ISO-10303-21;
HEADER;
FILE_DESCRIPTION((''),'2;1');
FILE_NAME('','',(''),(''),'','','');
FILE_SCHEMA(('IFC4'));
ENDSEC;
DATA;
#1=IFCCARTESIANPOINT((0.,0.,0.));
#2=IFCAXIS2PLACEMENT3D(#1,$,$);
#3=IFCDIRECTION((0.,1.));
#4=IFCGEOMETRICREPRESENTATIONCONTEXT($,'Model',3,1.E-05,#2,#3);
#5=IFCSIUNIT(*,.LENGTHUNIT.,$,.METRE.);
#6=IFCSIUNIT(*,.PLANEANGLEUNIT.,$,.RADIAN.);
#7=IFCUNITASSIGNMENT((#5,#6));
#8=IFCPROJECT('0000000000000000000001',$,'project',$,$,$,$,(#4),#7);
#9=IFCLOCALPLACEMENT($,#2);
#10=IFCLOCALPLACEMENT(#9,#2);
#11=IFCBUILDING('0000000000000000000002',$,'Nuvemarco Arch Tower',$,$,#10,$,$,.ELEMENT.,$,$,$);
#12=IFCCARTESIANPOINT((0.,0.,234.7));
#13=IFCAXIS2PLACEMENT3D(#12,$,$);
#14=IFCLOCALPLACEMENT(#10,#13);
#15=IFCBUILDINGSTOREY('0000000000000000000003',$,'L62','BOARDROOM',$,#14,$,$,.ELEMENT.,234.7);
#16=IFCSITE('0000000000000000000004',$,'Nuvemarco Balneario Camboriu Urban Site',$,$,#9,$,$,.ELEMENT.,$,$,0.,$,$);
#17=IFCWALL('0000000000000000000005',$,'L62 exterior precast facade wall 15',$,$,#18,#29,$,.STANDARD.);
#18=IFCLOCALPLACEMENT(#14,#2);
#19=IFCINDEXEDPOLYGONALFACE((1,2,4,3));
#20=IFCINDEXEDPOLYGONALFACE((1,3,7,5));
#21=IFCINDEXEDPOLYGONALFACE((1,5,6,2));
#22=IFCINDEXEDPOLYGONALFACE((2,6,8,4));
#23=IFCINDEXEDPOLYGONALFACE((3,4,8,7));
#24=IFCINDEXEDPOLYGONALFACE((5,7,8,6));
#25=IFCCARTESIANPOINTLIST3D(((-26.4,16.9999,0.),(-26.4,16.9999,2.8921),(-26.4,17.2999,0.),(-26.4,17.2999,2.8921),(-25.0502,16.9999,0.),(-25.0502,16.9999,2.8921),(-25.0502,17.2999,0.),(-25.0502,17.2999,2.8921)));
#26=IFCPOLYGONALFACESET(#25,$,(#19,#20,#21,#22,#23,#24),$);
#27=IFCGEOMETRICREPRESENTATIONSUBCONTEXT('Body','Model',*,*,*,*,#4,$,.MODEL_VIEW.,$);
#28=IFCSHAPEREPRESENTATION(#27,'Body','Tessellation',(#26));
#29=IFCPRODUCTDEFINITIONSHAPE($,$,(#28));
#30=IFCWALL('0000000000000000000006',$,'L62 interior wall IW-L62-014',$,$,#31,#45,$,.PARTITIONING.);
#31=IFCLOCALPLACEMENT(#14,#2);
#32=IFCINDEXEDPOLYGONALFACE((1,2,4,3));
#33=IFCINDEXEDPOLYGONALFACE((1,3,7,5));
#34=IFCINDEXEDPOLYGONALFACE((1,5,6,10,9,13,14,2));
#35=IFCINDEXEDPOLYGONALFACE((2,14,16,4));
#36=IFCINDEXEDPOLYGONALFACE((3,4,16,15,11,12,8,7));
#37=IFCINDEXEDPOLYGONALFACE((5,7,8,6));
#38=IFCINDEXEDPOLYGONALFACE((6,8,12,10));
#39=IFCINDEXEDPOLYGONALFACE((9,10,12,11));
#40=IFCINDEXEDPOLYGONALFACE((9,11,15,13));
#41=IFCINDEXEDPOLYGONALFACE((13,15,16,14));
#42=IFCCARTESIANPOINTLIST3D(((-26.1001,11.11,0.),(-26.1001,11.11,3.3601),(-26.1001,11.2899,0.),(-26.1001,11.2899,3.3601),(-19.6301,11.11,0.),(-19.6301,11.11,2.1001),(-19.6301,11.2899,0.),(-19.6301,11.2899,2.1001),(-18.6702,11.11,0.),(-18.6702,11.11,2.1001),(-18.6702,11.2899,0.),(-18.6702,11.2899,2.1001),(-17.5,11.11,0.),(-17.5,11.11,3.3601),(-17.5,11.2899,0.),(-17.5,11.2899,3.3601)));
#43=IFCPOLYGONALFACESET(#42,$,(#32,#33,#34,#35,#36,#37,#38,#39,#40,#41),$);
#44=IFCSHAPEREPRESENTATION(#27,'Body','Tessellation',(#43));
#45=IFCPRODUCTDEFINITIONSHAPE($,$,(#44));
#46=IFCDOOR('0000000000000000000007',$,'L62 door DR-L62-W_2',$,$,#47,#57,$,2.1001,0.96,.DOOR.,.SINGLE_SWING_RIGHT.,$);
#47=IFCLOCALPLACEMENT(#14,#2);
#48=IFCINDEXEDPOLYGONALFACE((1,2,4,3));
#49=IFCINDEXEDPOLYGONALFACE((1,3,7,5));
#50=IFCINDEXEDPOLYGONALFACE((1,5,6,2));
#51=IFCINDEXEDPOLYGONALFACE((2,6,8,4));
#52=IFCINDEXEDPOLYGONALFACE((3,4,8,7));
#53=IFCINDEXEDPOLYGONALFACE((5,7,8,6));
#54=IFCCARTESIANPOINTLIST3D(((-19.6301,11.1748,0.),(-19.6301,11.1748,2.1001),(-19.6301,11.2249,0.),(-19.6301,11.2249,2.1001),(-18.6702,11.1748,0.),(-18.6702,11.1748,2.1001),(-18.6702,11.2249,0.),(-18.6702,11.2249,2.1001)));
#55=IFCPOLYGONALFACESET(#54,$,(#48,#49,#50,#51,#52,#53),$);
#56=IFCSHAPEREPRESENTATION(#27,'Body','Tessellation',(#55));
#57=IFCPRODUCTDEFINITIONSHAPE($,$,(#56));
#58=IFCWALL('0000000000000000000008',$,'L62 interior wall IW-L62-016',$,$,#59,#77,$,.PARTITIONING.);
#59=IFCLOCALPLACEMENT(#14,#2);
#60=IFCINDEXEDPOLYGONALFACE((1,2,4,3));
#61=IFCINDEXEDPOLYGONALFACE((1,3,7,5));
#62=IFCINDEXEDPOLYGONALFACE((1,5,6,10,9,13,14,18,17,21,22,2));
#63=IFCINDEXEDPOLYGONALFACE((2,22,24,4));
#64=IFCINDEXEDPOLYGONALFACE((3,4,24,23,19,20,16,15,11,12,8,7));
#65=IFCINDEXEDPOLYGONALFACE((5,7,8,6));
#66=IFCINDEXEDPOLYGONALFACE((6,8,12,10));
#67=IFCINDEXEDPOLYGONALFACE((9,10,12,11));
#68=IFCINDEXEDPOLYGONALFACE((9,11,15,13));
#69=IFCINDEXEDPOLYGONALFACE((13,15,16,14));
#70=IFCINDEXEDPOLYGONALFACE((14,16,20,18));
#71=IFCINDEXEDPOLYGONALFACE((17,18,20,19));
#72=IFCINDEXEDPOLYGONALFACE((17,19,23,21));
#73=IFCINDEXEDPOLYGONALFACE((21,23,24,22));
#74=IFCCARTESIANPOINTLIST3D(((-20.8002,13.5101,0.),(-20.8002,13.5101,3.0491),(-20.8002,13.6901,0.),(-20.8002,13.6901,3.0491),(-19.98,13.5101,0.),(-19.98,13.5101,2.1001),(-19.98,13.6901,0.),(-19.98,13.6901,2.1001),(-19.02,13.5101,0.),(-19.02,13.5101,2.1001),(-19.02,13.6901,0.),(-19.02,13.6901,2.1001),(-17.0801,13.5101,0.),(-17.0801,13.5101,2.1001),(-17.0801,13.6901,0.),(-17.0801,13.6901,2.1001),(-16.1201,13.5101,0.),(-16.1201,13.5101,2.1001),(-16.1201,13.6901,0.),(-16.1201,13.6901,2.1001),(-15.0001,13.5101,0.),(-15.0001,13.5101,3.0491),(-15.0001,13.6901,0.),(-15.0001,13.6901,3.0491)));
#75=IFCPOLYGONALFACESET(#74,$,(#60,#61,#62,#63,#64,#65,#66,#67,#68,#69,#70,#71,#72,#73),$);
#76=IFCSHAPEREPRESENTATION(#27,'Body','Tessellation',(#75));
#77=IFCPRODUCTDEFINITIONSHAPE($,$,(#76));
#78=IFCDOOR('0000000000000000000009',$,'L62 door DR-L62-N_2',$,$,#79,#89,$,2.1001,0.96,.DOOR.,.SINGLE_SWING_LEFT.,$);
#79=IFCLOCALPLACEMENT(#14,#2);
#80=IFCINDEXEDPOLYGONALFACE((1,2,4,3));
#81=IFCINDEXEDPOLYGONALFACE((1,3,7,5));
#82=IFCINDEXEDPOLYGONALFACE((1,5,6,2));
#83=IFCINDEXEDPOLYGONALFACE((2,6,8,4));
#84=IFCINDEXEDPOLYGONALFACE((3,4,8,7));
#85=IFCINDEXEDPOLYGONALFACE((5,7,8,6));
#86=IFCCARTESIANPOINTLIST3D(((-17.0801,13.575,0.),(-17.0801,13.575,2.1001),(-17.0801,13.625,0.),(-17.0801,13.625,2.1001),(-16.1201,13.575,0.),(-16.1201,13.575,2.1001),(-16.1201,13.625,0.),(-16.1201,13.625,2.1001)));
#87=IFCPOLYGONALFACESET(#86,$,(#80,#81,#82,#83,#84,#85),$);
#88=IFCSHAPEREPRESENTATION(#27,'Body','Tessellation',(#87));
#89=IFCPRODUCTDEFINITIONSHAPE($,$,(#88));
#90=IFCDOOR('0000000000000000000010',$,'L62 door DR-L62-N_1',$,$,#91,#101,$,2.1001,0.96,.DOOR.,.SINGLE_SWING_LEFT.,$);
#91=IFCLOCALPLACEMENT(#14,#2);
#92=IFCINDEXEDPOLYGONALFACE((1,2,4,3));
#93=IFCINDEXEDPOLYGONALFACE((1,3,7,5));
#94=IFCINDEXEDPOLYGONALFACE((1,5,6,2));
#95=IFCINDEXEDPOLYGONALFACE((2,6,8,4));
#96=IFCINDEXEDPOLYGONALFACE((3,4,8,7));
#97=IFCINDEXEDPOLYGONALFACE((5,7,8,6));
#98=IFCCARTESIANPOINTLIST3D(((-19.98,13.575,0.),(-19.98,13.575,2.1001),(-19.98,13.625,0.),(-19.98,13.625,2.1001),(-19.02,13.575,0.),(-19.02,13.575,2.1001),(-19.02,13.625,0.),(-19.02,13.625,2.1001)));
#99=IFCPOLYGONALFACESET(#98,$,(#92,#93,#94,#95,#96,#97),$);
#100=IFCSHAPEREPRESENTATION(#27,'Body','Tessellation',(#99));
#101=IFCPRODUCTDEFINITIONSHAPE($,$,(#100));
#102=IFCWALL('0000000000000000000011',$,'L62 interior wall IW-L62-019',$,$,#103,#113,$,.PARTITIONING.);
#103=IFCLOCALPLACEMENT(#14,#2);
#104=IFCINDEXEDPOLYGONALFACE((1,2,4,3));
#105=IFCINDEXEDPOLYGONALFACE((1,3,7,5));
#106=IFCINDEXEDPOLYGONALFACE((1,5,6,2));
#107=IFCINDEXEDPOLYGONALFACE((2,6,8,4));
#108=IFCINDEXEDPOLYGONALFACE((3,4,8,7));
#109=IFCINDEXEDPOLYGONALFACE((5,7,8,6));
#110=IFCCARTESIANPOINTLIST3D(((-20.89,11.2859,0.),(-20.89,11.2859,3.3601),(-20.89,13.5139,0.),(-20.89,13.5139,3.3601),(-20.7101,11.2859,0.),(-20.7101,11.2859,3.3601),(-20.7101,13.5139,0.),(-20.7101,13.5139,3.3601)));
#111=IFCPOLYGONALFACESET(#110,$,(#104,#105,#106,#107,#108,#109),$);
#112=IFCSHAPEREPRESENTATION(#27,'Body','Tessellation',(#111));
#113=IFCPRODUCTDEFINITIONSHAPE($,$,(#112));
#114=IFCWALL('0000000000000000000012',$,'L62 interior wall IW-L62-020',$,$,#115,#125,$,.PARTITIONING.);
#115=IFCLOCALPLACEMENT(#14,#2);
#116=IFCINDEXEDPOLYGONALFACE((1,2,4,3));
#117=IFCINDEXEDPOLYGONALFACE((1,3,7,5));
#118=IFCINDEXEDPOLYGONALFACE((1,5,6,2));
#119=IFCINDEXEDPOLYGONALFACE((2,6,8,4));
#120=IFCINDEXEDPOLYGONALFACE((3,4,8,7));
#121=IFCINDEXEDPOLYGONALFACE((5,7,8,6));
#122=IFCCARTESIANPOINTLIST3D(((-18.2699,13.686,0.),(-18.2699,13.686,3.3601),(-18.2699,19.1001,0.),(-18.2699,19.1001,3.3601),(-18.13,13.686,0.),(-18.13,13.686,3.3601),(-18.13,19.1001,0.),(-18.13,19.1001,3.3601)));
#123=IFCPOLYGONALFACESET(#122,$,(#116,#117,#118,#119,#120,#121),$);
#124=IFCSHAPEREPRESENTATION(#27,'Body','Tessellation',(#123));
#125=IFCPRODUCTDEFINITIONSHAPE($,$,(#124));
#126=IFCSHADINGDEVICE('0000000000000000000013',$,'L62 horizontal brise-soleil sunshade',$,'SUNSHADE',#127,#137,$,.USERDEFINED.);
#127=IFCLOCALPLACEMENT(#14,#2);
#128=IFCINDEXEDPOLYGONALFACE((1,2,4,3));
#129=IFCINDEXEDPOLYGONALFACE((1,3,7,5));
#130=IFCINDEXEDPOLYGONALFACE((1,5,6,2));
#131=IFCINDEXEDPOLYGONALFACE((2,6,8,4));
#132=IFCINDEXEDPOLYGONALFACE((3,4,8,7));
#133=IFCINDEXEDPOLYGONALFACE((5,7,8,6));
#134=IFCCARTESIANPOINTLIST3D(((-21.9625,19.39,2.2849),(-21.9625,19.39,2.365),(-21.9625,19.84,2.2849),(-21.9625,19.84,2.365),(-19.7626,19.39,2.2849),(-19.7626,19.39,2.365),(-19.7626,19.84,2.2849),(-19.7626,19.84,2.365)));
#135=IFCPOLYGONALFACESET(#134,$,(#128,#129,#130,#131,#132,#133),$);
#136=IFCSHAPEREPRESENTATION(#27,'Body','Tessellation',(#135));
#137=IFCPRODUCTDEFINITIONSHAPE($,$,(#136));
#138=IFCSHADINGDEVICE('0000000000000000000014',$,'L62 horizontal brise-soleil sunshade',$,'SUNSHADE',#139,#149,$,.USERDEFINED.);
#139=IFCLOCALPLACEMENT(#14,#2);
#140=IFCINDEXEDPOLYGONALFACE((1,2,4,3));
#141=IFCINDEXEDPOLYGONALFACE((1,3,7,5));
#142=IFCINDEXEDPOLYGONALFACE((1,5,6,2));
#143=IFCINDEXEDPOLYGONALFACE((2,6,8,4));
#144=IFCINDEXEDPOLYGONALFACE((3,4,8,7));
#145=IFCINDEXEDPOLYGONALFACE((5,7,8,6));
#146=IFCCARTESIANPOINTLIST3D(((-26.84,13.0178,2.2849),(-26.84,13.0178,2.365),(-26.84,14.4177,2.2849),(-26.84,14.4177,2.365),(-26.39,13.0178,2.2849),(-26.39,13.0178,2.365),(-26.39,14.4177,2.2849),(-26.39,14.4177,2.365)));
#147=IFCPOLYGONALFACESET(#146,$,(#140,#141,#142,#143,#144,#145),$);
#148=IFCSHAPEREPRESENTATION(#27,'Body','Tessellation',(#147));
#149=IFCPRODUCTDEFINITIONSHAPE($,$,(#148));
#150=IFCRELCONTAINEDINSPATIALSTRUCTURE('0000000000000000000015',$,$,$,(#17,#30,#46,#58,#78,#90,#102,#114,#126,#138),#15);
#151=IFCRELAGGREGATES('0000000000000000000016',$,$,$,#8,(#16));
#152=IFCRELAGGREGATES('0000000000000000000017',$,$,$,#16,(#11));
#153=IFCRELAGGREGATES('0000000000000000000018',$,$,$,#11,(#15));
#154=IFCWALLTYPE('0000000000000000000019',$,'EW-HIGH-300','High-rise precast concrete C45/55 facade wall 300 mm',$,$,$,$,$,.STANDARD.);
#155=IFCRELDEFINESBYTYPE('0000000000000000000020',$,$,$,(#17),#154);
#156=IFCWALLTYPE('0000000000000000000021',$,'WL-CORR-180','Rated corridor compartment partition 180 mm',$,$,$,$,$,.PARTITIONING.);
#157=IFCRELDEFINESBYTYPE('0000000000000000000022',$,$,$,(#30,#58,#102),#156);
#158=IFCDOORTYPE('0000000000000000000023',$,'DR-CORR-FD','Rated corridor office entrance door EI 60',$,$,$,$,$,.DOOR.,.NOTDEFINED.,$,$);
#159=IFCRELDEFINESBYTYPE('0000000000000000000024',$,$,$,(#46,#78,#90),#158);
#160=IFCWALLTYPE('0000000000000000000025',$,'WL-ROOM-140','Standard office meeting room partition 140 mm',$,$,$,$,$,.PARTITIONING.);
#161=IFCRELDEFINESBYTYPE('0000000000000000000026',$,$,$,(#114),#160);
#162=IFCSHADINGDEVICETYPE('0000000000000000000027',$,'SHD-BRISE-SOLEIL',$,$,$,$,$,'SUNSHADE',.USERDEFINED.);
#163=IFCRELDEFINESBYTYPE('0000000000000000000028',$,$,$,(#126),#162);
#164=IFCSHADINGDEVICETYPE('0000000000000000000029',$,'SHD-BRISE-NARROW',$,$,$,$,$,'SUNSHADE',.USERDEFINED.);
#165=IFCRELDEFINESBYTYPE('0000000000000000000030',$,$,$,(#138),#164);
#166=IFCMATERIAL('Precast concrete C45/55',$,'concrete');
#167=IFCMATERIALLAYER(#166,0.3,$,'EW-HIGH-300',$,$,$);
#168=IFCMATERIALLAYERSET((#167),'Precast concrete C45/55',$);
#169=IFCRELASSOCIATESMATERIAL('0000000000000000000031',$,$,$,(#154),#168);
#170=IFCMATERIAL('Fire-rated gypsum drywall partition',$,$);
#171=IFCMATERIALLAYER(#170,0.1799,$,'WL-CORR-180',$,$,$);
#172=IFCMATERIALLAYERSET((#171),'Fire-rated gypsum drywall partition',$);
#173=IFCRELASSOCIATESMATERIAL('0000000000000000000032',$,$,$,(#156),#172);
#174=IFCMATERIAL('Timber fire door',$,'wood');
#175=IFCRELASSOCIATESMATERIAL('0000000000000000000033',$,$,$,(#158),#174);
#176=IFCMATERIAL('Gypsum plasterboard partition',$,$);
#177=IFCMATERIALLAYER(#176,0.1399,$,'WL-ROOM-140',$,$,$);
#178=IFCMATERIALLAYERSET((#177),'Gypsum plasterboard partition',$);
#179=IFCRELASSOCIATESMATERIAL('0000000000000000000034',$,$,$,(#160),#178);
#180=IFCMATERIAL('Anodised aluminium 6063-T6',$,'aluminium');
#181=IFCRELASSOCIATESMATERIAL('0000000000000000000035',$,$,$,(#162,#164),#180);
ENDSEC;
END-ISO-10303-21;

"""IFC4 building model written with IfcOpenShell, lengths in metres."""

from ifc_helpers import new_model, si_unit, direction, frame, frame_2d, origin, origin_2d, place, context, subcontext, project, spatial, rectangle, extrude, source, transform, mapped, material, layer, layer_set, type_object, type_shapes, element, fill, save


model = new_model("IFC4")

# Units and contexts
model_context = context("Model", 3, precision=1e-05, world=origin(), true_north=direction((0.0, 1.0)))
body_context = subcontext(model_context, "Body", "Model", "MODEL_VIEW")
ifc_project = project(units=[si_unit("LENGTHUNIT", "METRE"), si_unit("PLANEANGLEUNIT", "RADIAN")], contexts=[model_context])

# Site, building, storey
site_placement = place(None, origin())
site = spatial("IfcSite", under=ifc_project, at=site_placement, Name="Nuvemarco Balneario Camboriu Urban Site", CompositionType="ELEMENT", RefElevation=0.0)
building_placement = place(site_placement, origin())
building = spatial("IfcBuilding", under=site, at=building_placement, Name="Nuvemarco Arch Tower", CompositionType="ELEMENT")
storey_placement = place(building_placement, frame((0.0, 0.0, 234.7)))
storey = spatial("IfcBuildingStorey", under=building, at=storey_placement, Name="L62", Description="BOARDROOM", CompositionType="ELEMENT", Elevation=234.7)

# Shared definitions
ifc_material_1 = material(Name="Precast concrete C45/55", Category="concrete")
ifc_layer_1 = layer(ifc_material_1, 0.3, Name="EW-HIGH-300")
ifc_layer_set_1 = layer_set([ifc_layer_1], Name="Precast concrete C45/55")
wall_type_1 = type_object("IfcWallType", Name="EW-HIGH-300", Description="High-rise precast concrete C45/55 facade wall 300 mm", PredefinedType="STANDARD", material=ifc_layer_set_1)

# Wall
wall_1_placement = place(storey_placement, frame((-26.3999, 17.1499, 0.0), z_axis=(0.0, 0.0, 1.0), x_axis=(1.0, 0.0, 0.0)))
element("IfcWall", 1, at=wall_1_placement, inside=storey, type_object=wall_type_1, Name="L62 exterior precast facade wall 15", PredefinedType="STANDARD", context=body_context, shape_type="SweptSolid", body=[
    extrude(rectangle(XDim=1.3499, YDim=0.3, at=frame_2d((0.6748, 0.0))), origin(), (0.0, 0.0, 1.0), 2.8921),
])

# Wall, opening, door
ifc_material_2 = material(Name="Fire-rated gypsum drywall partition")
ifc_layer_2 = layer(ifc_material_2, 0.1799, Name="WL-CORR-180")
ifc_layer_set_2 = layer_set([ifc_layer_2], Name="Fire-rated gypsum drywall partition")
wall_type_2 = type_object("IfcWallType", Name="WL-CORR-180", Description="Rated corridor compartment partition 180 mm", PredefinedType="PARTITIONING", material=ifc_layer_set_2)
wall_2_placement = place(storey_placement, frame((-26.1001, 11.2, 0.0), z_axis=(0.0, 0.0, 1.0), x_axis=(1.0, 0.0, 0.0)))
wall_2 = element("IfcWall", 2, at=wall_2_placement, inside=storey, type_object=wall_type_2, Name="L62 interior wall IW-L62-014", PredefinedType="PARTITIONING", context=body_context, shape_type="SweptSolid", body=[
    extrude(rectangle(XDim=8.6001, YDim=0.1799, at=frame_2d((4.3, 0.0))), origin(), (0.0, 0.0, 1.0), 3.3601),
])
opening_1_placement = place(wall_2_placement, frame((6.47, 0.0, 0.0)))
opening_1 = element("IfcOpeningElement", 3, at=opening_1_placement, cuts=wall_2, PredefinedType="OPENING", context=body_context, shape_type="SweptSolid", body=[
    extrude(rectangle(XDim=0.96, YDim=2.1001, at=frame_2d((0.48, 1.05))), frame((0.0, 0.0999, 0.0), z_axis=(0.0, -1.0, 0.0), x_axis=(1.0, 0.0, 0.0)), (0.0, 0.0, 1.0), 0.2),
])
ifc_material_3 = material(Name="Timber fire door", Category="wood")
door_type_1 = type_object("IfcDoorType", Name="DR-CORR-FD", Description="Rated corridor office entrance door EI 60", OperationType="NOTDEFINED", PredefinedType="DOOR", material=ifc_material_3)
shared_shape_1 = source(origin(), body_context, "Body", "SweptSolid", [
    extrude(rectangle(XDim=0.96, YDim=2.1001, at=frame_2d((0.48, 1.05))), frame((0.0, 0.0249, 0.0), z_axis=(0.0, -1.0, 0.0), x_axis=(1.0, 0.0, 0.0)), (0.0, 0.0, 1.0), 0.05),
])
type_shapes(door_type_1, [shared_shape_1])
door_1_placement = place(opening_1_placement, origin())
door_1 = element("IfcDoor", 4, at=door_1_placement, inside=storey, type_object=door_type_1, Name="L62 door DR-L62-W_2", OperationType="SINGLE_SWING_RIGHT", OverallHeight=2.1001, OverallWidth=0.96, PredefinedType="DOOR", context=body_context, shape_type="MappedRepresentation", body=[
    mapped(shared_shape_1, transform((0.0, 0.0, 0.0), scale=1.0)),
])
fill(opening_1, door_1)

# Wall, openings, doors
wall_3_placement = place(storey_placement, frame((-20.8, 13.6001, 0.0), z_axis=(0.0, 0.0, 1.0), x_axis=(1.0, 0.0, 0.0)))
wall_3 = element("IfcWall", 5, at=wall_3_placement, inside=storey, type_object=wall_type_2, Name="L62 interior wall IW-L62-016", PredefinedType="PARTITIONING", context=body_context, shape_type="SweptSolid", body=[
    extrude(rectangle(XDim=5.8, YDim=0.1799, at=frame_2d((2.8999, 0.0))), origin(), (0.0, 0.0, 1.0), 3.0491),
])
opening_2_placement = place(wall_3_placement, frame((3.72, 0.0, 0.0)))
opening_2 = element("IfcOpeningElement", 6, at=opening_2_placement, cuts=wall_3, PredefinedType="OPENING", context=body_context, shape_type="SweptSolid", body=[
    extrude(rectangle(XDim=0.96, YDim=2.1001, at=frame_2d((0.48, 1.05))), frame((0.0, 0.0999, 0.0), z_axis=(0.0, -1.0, 0.0), x_axis=(1.0, 0.0, 0.0)), (0.0, 0.0, 1.0), 0.2),
])
opening_3_placement = place(wall_3_placement, frame((0.8201, 0.0, 0.0)))
opening_3 = element("IfcOpeningElement", 7, at=opening_3_placement, cuts=wall_3, PredefinedType="OPENING", context=body_context, shape_type="SweptSolid", body=[
    extrude(rectangle(XDim=0.96, YDim=2.1001, at=frame_2d((0.48, 1.05))), frame((0.0, 0.0999, 0.0), z_axis=(0.0, -1.0, 0.0), x_axis=(1.0, 0.0, 0.0)), (0.0, 0.0, 1.0), 0.2),
])
door_2_placement = place(opening_2_placement, origin())
door_2 = element("IfcDoor", 8, at=door_2_placement, inside=storey, type_object=door_type_1, Name="L62 door DR-L62-N_2", OperationType="SINGLE_SWING_LEFT", OverallHeight=2.1001, OverallWidth=0.96, PredefinedType="DOOR", context=body_context, shape_type="MappedRepresentation", body=[
    mapped(shared_shape_1, transform((0.0, 0.0, 0.0), scale=1.0)),
])
fill(opening_2, door_2)
door_3_placement = place(opening_3_placement, origin())
door_3 = element("IfcDoor", 9, at=door_3_placement, inside=storey, type_object=door_type_1, Name="L62 door DR-L62-N_1", OperationType="SINGLE_SWING_LEFT", OverallHeight=2.1001, OverallWidth=0.96, PredefinedType="DOOR", context=body_context, shape_type="MappedRepresentation", body=[
    mapped(shared_shape_1, transform((0.0, 0.0, 0.0), scale=1.0)),
])
fill(opening_3, door_3)

# Walls
wall_4_placement = place(storey_placement, frame((-20.8, 11.2859, 0.0), z_axis=(0.0, 0.0, 1.0), x_axis=(0.0, 1.0, 0.0)))
element("IfcWall", 10, at=wall_4_placement, inside=storey, type_object=wall_type_2, Name="L62 interior wall IW-L62-019", PredefinedType="PARTITIONING", context=body_context, shape_type="SweptSolid", body=[
    extrude(rectangle(XDim=2.228, YDim=0.1799, at=frame_2d((1.114, 0.0))), origin(), (0.0, 0.0, 1.0), 3.3601),
])
ifc_material_4 = material(Name="Gypsum plasterboard partition")
ifc_layer_3 = layer(ifc_material_4, 0.1399, Name="WL-ROOM-140")
ifc_layer_set_3 = layer_set([ifc_layer_3], Name="Gypsum plasterboard partition")
wall_type_3 = type_object("IfcWallType", Name="WL-ROOM-140", Description="Standard office meeting room partition 140 mm", PredefinedType="PARTITIONING", material=ifc_layer_set_3)
wall_5_placement = place(storey_placement, frame((-18.2, 13.686, 0.0), z_axis=(0.0, 0.0, 1.0), x_axis=(0.0, 1.0, 0.0)))
element("IfcWall", 11, at=wall_5_placement, inside=storey, type_object=wall_type_3, Name="L62 interior wall IW-L62-020", PredefinedType="PARTITIONING", context=body_context, shape_type="SweptSolid", body=[
    extrude(rectangle(XDim=5.4141, YDim=0.1399, at=frame_2d((2.707, 0.0))), origin(), (0.0, 0.0, 1.0), 3.3601),
])

# Shading devices
ifc_material_5 = material(Name="Anodised aluminium 6063-T6", Category="aluminium")
shading_device_type_1 = type_object("IfcShadingDeviceType", Name="SHD-BRISE-SOLEIL", ElementType="SUNSHADE", PredefinedType="USERDEFINED", material=ifc_material_5)
shared_shape_2 = source(origin(), body_context, "Body", "SweptSolid", [
    extrude(rectangle(XDim=2.2, YDim=0.45, at=origin_2d()), origin(), (0.0, 0.0, 1.0), 0.0801),
])
type_shapes(shading_device_type_1, [shared_shape_2])
shading_device_1_placement = place(storey_placement, frame((-20.8625, 19.615, 2.2849), z_axis=(0.0, 0.0, 1.0), x_axis=(1.0, 0.0, 0.0)))
element("IfcShadingDevice", 12, at=shading_device_1_placement, inside=storey, type_object=shading_device_type_1, Name="L62 horizontal brise-soleil sunshade", ObjectType="SUNSHADE", PredefinedType="USERDEFINED", context=body_context, shape_type="MappedRepresentation", body=[
    mapped(shared_shape_2, transform((0.0, 0.0, 0.0), scale=1.0)),
])
shading_device_type_2 = type_object("IfcShadingDeviceType", Name="SHD-BRISE-NARROW", ElementType="SUNSHADE", PredefinedType="USERDEFINED", material=ifc_material_5)
shared_shape_3 = source(origin(), body_context, "Body", "SweptSolid", [
    extrude(rectangle(XDim=1.3999, YDim=0.45, at=origin_2d()), origin(), (0.0, 0.0, 1.0), 0.0801),
])
type_shapes(shading_device_type_2, [shared_shape_3])
shading_device_2_placement = place(storey_placement, frame((-26.615, 13.7178, 2.2849), z_axis=(0.0, 0.0, 1.0), x_axis=(0.0, 1.0, 0.0)))
element("IfcShadingDevice", 13, at=shading_device_2_placement, inside=storey, type_object=shading_device_type_2, Name="L62 horizontal brise-soleil sunshade", ObjectType="SUNSHADE", PredefinedType="USERDEFINED", context=body_context, shape_type="MappedRepresentation", body=[
    mapped(shared_shape_3, transform((0.0, 0.0, 0.0), scale=1.0)),
])

save(model, "model.ifc")
